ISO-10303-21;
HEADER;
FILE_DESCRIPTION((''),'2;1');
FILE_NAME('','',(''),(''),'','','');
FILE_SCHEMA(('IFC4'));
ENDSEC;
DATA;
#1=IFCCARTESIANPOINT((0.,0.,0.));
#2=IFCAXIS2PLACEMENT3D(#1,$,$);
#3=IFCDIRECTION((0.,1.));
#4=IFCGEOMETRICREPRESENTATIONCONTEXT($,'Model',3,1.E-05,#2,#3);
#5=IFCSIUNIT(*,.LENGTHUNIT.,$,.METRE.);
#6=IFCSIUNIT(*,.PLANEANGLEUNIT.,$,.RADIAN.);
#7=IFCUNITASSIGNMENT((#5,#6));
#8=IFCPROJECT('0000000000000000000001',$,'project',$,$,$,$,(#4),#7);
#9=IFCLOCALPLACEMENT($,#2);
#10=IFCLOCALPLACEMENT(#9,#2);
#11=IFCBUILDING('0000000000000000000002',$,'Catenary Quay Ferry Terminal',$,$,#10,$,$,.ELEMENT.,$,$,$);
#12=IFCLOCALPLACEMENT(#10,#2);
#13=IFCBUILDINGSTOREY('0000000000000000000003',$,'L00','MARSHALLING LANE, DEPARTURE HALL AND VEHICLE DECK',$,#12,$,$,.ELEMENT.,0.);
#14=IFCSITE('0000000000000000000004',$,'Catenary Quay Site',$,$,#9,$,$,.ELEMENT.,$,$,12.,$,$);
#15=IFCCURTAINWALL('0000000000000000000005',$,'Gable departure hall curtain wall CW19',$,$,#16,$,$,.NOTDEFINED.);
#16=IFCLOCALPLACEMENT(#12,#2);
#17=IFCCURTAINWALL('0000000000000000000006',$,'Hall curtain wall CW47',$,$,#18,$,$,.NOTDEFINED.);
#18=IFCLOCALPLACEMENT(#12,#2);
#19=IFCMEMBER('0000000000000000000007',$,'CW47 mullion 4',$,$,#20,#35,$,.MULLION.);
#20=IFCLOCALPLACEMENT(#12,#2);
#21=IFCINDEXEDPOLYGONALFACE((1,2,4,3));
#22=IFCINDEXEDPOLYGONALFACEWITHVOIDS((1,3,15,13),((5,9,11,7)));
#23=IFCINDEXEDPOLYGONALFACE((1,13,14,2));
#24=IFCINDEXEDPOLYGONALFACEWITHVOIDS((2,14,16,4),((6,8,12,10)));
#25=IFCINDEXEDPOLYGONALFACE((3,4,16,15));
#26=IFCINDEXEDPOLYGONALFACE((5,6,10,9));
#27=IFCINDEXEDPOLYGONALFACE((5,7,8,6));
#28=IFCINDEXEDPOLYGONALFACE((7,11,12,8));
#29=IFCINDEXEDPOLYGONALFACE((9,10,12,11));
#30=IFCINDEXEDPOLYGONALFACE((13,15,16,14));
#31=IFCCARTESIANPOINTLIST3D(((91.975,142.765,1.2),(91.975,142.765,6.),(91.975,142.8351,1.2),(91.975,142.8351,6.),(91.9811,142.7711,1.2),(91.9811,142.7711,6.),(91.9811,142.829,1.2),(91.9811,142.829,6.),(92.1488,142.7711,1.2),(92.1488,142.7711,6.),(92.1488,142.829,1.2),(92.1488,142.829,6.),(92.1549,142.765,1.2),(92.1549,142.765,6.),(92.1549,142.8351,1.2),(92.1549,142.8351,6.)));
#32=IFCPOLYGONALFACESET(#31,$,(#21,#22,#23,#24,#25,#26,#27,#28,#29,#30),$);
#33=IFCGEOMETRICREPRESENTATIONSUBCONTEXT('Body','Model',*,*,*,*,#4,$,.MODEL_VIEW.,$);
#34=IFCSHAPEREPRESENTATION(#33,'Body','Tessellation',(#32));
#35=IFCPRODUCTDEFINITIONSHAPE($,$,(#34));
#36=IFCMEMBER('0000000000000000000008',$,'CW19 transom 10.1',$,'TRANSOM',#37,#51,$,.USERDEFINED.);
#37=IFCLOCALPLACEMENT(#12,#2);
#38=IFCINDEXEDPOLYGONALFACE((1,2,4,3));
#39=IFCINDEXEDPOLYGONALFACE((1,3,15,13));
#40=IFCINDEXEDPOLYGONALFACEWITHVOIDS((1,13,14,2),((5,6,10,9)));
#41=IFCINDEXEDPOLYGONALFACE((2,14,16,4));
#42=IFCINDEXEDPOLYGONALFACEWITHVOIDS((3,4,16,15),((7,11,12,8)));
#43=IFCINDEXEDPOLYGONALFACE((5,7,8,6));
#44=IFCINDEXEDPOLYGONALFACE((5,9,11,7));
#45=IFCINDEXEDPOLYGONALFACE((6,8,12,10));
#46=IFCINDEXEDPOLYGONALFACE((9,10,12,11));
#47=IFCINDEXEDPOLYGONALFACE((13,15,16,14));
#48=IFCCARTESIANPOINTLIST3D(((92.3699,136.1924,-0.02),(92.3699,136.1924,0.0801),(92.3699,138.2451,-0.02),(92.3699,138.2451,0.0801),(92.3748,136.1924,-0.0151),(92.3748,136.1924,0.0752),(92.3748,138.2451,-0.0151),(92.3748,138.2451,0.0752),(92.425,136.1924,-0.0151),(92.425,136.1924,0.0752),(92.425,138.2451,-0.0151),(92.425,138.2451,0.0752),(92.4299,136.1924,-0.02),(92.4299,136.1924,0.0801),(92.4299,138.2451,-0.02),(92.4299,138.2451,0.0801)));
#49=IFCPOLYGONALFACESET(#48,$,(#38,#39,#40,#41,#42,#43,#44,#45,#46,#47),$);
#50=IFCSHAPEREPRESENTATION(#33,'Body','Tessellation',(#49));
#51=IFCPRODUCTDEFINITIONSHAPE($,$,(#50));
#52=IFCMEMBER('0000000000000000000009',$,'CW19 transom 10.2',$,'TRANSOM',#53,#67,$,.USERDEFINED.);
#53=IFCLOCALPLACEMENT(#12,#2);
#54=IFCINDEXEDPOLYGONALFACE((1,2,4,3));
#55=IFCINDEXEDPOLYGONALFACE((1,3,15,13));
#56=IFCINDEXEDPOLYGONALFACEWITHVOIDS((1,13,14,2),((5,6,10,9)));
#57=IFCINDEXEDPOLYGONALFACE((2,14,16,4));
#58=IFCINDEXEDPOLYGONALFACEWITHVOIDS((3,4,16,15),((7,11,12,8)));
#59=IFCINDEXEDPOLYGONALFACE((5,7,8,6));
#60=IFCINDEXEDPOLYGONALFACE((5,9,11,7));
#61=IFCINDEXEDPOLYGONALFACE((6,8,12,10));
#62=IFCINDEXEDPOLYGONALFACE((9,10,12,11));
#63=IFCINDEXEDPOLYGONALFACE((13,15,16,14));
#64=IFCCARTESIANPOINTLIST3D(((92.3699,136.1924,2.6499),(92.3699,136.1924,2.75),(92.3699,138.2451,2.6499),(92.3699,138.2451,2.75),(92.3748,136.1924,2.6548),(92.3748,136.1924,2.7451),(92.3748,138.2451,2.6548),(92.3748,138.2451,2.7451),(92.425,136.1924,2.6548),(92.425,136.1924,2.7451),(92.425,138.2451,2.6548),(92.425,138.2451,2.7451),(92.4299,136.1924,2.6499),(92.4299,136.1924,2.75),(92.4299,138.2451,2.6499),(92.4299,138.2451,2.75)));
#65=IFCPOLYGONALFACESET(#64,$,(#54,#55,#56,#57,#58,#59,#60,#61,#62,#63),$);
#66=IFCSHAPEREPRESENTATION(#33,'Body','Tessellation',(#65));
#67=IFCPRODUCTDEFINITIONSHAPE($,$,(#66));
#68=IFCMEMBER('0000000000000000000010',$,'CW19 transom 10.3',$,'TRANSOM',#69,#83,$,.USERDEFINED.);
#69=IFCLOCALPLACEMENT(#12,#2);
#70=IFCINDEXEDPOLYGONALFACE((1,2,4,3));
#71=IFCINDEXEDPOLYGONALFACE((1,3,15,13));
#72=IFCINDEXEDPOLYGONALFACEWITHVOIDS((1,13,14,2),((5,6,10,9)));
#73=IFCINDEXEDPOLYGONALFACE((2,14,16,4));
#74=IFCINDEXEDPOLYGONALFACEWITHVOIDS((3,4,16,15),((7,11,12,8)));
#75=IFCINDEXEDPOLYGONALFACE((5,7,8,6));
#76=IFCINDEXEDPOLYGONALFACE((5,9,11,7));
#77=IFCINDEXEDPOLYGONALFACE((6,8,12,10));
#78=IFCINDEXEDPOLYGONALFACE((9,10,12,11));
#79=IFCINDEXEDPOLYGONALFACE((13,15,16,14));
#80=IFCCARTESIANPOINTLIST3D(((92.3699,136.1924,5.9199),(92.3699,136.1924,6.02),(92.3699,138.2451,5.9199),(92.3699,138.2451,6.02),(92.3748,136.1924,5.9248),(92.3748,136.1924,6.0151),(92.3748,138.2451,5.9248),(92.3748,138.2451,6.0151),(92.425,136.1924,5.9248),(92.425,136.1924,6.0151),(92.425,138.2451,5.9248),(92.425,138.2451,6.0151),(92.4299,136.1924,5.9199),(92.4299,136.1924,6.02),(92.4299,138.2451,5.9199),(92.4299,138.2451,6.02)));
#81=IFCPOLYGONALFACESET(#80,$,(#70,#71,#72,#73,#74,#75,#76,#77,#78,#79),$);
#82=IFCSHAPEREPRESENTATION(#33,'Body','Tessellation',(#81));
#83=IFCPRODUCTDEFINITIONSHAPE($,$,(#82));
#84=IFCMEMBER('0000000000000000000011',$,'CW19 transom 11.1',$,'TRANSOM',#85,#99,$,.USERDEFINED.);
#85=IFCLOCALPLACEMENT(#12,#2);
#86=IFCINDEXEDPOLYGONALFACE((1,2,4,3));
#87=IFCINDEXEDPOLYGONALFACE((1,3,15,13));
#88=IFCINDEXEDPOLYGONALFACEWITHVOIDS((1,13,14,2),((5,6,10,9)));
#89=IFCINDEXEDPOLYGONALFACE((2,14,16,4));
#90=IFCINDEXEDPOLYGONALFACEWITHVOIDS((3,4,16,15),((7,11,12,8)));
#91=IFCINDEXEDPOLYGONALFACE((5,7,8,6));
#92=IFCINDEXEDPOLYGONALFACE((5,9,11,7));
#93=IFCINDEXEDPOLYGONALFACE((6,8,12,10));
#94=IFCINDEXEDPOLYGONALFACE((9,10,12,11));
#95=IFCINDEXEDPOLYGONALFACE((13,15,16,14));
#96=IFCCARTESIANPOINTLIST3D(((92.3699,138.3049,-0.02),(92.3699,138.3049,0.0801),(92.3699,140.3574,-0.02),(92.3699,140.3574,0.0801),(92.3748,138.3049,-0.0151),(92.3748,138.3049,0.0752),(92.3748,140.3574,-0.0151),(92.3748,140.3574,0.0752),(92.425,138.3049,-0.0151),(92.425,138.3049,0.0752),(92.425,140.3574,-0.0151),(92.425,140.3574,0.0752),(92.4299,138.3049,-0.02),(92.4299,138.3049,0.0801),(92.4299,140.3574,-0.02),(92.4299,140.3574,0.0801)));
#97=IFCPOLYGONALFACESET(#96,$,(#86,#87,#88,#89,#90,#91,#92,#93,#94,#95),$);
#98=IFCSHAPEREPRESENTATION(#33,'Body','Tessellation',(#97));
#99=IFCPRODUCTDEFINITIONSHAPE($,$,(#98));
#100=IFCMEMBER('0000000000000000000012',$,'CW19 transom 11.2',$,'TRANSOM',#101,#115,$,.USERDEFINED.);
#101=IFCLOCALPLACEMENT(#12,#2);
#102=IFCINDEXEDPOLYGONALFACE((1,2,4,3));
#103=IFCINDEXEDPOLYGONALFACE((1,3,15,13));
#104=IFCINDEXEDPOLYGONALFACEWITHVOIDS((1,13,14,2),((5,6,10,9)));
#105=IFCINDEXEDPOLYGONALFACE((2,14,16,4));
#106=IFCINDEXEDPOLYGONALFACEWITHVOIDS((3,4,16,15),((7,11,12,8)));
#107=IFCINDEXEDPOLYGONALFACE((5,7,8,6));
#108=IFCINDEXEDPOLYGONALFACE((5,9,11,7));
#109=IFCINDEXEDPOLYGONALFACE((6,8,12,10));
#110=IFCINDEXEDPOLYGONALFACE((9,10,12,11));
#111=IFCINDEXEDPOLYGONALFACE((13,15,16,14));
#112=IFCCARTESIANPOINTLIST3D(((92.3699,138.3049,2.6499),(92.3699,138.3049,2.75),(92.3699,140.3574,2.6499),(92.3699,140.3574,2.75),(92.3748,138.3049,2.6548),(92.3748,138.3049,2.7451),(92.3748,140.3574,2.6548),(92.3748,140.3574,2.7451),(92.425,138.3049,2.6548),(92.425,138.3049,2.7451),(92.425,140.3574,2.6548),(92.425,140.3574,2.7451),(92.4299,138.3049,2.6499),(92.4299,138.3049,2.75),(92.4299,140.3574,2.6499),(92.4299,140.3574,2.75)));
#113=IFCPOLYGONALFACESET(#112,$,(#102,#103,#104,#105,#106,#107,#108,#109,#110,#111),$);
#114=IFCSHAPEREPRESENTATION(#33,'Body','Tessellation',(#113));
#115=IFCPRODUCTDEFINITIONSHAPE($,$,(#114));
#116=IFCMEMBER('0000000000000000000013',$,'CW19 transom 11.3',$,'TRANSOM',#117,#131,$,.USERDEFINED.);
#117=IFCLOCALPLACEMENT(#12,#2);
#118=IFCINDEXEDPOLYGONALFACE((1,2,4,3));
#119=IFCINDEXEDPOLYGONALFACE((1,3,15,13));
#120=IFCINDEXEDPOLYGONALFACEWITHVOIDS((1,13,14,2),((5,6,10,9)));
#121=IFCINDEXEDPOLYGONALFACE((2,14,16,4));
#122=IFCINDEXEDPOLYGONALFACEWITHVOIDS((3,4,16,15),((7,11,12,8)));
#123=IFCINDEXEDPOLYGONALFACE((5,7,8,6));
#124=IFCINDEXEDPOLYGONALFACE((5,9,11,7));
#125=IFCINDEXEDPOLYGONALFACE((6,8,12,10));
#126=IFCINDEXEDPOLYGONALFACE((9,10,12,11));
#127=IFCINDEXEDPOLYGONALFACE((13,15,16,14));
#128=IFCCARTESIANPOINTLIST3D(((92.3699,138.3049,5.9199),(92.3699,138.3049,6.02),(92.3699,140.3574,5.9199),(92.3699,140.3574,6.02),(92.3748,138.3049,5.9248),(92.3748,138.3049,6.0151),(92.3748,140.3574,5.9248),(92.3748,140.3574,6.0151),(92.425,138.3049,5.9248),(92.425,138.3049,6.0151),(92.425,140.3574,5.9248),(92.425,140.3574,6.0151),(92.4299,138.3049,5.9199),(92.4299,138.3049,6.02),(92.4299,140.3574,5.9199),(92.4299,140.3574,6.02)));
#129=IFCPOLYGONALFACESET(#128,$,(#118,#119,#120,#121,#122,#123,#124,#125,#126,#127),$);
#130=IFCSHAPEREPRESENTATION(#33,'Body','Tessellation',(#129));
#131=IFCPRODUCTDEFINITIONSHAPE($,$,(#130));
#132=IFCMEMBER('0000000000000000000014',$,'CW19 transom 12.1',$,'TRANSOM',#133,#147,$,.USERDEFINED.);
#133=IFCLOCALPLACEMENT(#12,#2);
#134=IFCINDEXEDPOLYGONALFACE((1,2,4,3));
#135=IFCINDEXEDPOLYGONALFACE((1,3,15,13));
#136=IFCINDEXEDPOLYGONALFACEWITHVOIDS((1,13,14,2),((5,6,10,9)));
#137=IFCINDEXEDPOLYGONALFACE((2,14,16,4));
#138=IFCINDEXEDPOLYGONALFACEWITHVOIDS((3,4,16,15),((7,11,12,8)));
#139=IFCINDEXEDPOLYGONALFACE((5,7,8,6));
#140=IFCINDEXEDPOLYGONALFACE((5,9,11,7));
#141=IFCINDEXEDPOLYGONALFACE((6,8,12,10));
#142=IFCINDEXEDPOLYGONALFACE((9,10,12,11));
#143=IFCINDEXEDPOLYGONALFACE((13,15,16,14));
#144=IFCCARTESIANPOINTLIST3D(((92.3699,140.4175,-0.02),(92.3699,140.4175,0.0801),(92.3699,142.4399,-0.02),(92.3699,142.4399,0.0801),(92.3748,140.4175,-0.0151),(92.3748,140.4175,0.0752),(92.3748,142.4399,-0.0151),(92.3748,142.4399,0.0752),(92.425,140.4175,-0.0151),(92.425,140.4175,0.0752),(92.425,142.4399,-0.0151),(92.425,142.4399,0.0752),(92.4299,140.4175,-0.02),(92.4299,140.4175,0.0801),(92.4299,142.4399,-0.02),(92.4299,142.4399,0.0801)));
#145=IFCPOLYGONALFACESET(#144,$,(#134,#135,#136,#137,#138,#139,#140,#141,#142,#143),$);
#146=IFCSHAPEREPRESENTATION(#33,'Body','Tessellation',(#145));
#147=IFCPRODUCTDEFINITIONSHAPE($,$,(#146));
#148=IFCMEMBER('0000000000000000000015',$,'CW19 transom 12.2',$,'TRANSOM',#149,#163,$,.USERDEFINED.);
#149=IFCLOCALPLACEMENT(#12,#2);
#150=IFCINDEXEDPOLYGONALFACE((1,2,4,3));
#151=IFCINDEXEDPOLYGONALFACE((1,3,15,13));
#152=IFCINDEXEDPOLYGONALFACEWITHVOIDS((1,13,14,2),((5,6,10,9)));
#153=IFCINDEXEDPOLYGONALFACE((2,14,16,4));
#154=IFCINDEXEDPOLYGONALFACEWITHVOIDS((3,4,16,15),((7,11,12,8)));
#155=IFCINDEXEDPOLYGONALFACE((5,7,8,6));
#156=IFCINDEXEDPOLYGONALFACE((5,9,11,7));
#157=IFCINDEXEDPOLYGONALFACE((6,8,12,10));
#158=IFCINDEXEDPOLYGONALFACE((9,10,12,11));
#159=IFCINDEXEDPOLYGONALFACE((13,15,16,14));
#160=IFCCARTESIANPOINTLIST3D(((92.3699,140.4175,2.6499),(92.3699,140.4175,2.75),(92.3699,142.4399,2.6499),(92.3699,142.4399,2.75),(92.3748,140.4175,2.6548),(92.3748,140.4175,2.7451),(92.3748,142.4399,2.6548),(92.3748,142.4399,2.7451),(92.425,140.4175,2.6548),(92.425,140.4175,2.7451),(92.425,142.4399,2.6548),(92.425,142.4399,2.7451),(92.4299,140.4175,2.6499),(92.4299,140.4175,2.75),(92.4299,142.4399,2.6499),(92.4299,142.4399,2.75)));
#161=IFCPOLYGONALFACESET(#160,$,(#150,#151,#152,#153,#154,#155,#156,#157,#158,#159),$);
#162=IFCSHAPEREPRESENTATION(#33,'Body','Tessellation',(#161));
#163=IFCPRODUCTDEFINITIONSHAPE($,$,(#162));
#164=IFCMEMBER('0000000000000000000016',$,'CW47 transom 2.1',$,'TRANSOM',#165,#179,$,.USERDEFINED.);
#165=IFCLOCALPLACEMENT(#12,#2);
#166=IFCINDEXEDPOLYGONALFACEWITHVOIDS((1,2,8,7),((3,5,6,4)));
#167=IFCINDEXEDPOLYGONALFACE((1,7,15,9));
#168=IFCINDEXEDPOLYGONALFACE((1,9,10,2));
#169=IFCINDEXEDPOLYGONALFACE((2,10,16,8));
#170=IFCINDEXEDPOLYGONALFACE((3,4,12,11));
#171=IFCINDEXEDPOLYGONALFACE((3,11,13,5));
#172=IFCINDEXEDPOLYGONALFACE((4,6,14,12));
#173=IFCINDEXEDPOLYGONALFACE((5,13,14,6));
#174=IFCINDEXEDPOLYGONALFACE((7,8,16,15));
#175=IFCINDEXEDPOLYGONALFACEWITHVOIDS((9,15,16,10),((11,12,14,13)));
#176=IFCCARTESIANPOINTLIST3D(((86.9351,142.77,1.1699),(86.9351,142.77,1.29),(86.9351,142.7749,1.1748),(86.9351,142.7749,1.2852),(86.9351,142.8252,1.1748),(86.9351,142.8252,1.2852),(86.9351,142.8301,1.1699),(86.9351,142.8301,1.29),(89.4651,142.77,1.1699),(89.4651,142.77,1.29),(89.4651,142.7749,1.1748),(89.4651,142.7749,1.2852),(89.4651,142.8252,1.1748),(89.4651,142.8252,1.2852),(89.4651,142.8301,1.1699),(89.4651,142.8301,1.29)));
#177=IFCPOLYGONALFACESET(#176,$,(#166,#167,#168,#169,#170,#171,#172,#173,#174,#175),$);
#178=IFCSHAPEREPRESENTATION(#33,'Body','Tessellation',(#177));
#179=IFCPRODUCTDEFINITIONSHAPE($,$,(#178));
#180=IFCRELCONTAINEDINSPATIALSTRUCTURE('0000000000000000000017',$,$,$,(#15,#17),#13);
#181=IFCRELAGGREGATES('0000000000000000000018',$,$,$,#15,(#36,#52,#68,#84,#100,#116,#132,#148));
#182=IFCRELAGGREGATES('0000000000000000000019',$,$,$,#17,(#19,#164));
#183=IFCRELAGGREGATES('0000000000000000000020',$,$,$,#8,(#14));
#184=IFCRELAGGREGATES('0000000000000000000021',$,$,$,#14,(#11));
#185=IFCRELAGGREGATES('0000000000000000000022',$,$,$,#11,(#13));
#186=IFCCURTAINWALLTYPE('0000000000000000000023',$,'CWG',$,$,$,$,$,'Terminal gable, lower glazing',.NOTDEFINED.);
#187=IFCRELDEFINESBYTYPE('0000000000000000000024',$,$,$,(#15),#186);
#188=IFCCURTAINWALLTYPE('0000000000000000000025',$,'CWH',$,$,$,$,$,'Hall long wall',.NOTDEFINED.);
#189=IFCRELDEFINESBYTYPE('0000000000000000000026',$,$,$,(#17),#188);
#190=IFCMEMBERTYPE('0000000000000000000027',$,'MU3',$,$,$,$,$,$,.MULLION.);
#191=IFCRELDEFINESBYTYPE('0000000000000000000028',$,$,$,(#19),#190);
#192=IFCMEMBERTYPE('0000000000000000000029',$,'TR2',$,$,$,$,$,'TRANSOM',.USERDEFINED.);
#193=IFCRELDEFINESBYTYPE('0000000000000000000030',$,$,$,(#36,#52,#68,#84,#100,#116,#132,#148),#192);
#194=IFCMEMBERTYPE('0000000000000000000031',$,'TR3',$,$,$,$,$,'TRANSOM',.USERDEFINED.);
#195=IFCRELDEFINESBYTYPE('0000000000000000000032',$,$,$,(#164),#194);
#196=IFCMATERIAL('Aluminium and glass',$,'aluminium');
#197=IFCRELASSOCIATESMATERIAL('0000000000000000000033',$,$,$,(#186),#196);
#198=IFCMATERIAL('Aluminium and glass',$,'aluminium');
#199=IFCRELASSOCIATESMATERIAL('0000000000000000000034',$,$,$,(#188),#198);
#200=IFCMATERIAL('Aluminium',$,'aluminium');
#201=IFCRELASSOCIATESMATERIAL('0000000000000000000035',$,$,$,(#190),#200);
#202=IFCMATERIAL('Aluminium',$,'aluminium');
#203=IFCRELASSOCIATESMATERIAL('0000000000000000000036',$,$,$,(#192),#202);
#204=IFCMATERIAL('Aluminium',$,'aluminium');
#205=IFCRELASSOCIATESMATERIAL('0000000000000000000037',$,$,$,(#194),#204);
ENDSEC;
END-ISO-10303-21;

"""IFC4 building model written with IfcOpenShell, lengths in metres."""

from ifc_helpers import new_model, si_unit, direction, frame, origin, origin_2d, place, context, subcontext, project, spatial, hollow_rectangle, extrude, material, material_profile, profile_set, type_object, element, aggregate, save


model = new_model("IFC4")

# Units and contexts
model_context = context("Model", 3, precision=1e-05, world=origin(), true_north=direction((0.0, 1.0)))
body_context = subcontext(model_context, "Body", "Model", "MODEL_VIEW")
ifc_project = project(units=[si_unit("LENGTHUNIT", "METRE"), si_unit("PLANEANGLEUNIT", "RADIAN")], contexts=[model_context])

# Site, building, storey
site_placement = place(None, origin())
site = spatial("IfcSite", under=ifc_project, at=site_placement, Name="Catenary Quay Site", CompositionType="ELEMENT", RefElevation=12.0)
building_placement = place(site_placement, origin())
building = spatial("IfcBuilding", under=site, at=building_placement, Name="Catenary Quay Ferry Terminal", CompositionType="ELEMENT")
storey_placement = place(building_placement, origin())
storey = spatial("IfcBuildingStorey", under=building, at=storey_placement, Name="L00", Description="MARSHALLING LANE, DEPARTURE HALL AND VEHICLE DECK", CompositionType="ELEMENT", Elevation=0.0)

# Curtain walls, member
ifc_material_1 = material(Name="Aluminium and glass", Category="aluminium")
curtain_wall_type_1 = type_object("IfcCurtainWallType", Name="CWG", ElementType="Terminal gable, lower glazing", PredefinedType="NOTDEFINED", material=ifc_material_1)
curtain_wall_1_placement = place(storey_placement, origin())
curtain_wall_1 = element("IfcCurtainWall", 1, at=curtain_wall_1_placement, inside=storey, type_object=curtain_wall_type_1, Name="Gable departure hall curtain wall CW19", PredefinedType="NOTDEFINED")
ifc_material_2 = material(Name="Aluminium and glass", Category="aluminium")
curtain_wall_type_2 = type_object("IfcCurtainWallType", Name="CWH", ElementType="Hall long wall", PredefinedType="NOTDEFINED", material=ifc_material_2)
curtain_wall_2_placement = place(storey_placement, origin())
curtain_wall_2 = element("IfcCurtainWall", 2, at=curtain_wall_2_placement, inside=storey, type_object=curtain_wall_type_2, Name="Hall curtain wall CW47", PredefinedType="NOTDEFINED")
ifc_material_3 = material(Name="Aluminium", Category="aluminium")
ifc_material_profile_1 = material_profile(ifc_material_3, hollow_rectangle(XDim=0.0701, YDim=0.1799, WallThickness=0.0061, at=origin_2d()), Name="MU3")
ifc_profile_set_1 = profile_set([ifc_material_profile_1], Name="Aluminium")
member_type_1 = type_object("IfcMemberType", Name="MU3", PredefinedType="MULLION", material=ifc_profile_set_1)
member_1_placement = place(storey_placement, frame((92.0649, 142.8, 1.2), z_axis=(0.0, 0.0, 1.0), x_axis=(0.0, 1.0, 0.0)))
member_1 = element("IfcMember", 3, at=member_1_placement, type_object=member_type_1, Name="CW47 mullion 4", PredefinedType="MULLION", context=body_context, shape_type="SweptSolid", body=[
    extrude(hollow_rectangle(XDim=0.0701, YDim=0.1799, WallThickness=0.0061, at=origin_2d()), origin(), (0.0, 0.0, 1.0), 4.8),
])

# Members
ifc_material_4 = material(Name="Aluminium", Category="aluminium")
ifc_material_profile_2 = material_profile(ifc_material_4, hollow_rectangle(XDim=0.0601, YDim=0.1001, WallThickness=0.0049, at=origin_2d()), Name="TR2")
ifc_profile_set_2 = profile_set([ifc_material_profile_2], Name="Aluminium")
member_type_2 = type_object("IfcMemberType", Name="TR2", ElementType="TRANSOM", PredefinedType="USERDEFINED", material=ifc_profile_set_2)
member_2_placement = place(storey_placement, frame((92.3999, 136.1924, 0.03), z_axis=(0.0, 1.0, 0.0), x_axis=(-1.0, 0.0, 0.0)))
member_2 = element("IfcMember", 4, at=member_2_placement, type_object=member_type_2, Name="CW19 transom 10.1", ObjectType="TRANSOM", PredefinedType="USERDEFINED", context=body_context, shape_type="SweptSolid", body=[
    extrude(hollow_rectangle(XDim=0.0601, YDim=0.1001, WallThickness=0.0049, at=origin_2d()), origin(), (0.0, 0.0, 1.0), 2.0527),
])
member_3_placement = place(storey_placement, frame((92.3999, 136.1924, 2.7), z_axis=(0.0, 1.0, 0.0), x_axis=(-1.0, 0.0, 0.0)))
member_3 = element("IfcMember", 5, at=member_3_placement, type_object=member_type_2, Name="CW19 transom 10.2", ObjectType="TRANSOM", PredefinedType="USERDEFINED", context=body_context, shape_type="SweptSolid", body=[
    extrude(hollow_rectangle(XDim=0.0601, YDim=0.1001, WallThickness=0.0049, at=origin_2d()), origin(), (0.0, 0.0, 1.0), 2.0527),
])
member_4_placement = place(storey_placement, frame((92.3999, 136.1924, 5.97), z_axis=(0.0, 1.0, 0.0), x_axis=(-1.0, 0.0, 0.0)))
member_4 = element("IfcMember", 6, at=member_4_placement, type_object=member_type_2, Name="CW19 transom 10.3", ObjectType="TRANSOM", PredefinedType="USERDEFINED", context=body_context, shape_type="SweptSolid", body=[
    extrude(hollow_rectangle(XDim=0.0601, YDim=0.1001, WallThickness=0.0049, at=origin_2d()), origin(), (0.0, 0.0, 1.0), 2.0527),
])
member_5_placement = place(storey_placement, frame((92.3999, 138.3049, 0.03), z_axis=(0.0, 1.0, 0.0), x_axis=(-1.0, 0.0, 0.0)))
member_5 = element("IfcMember", 7, at=member_5_placement, type_object=member_type_2, Name="CW19 transom 11.1", ObjectType="TRANSOM", PredefinedType="USERDEFINED", context=body_context, shape_type="SweptSolid", body=[
    extrude(hollow_rectangle(XDim=0.0601, YDim=0.1001, WallThickness=0.0049, at=origin_2d()), origin(), (0.0, 0.0, 1.0), 2.0525),
])
member_6_placement = place(storey_placement, frame((92.3999, 138.3049, 2.7), z_axis=(0.0, 1.0, 0.0), x_axis=(-1.0, 0.0, 0.0)))
member_6 = element("IfcMember", 8, at=member_6_placement, type_object=member_type_2, Name="CW19 transom 11.2", ObjectType="TRANSOM", PredefinedType="USERDEFINED", context=body_context, shape_type="SweptSolid", body=[
    extrude(hollow_rectangle(XDim=0.0601, YDim=0.1001, WallThickness=0.0049, at=origin_2d()), origin(), (0.0, 0.0, 1.0), 2.0525),
])
member_7_placement = place(storey_placement, frame((92.3999, 138.3049, 5.97), z_axis=(0.0, 1.0, 0.0), x_axis=(-1.0, 0.0, 0.0)))
member_7 = element("IfcMember", 9, at=member_7_placement, type_object=member_type_2, Name="CW19 transom 11.3", ObjectType="TRANSOM", PredefinedType="USERDEFINED", context=body_context, shape_type="SweptSolid", body=[
    extrude(hollow_rectangle(XDim=0.0601, YDim=0.1001, WallThickness=0.0049, at=origin_2d()), origin(), (0.0, 0.0, 1.0), 2.0525),
])
member_8_placement = place(storey_placement, frame((92.3999, 140.4175, 0.03), z_axis=(0.0, 1.0, 0.0), x_axis=(-1.0, 0.0, 0.0)))
member_8 = element("IfcMember", 10, at=member_8_placement, type_object=member_type_2, Name="CW19 transom 12.1", ObjectType="TRANSOM", PredefinedType="USERDEFINED", context=body_context, shape_type="SweptSolid", body=[
    extrude(hollow_rectangle(XDim=0.0601, YDim=0.1001, WallThickness=0.0049, at=origin_2d()), origin(), (0.0, 0.0, 1.0), 2.0225),
])
member_9_placement = place(storey_placement, frame((92.3999, 140.4175, 2.7), z_axis=(0.0, 1.0, 0.0), x_axis=(-1.0, 0.0, 0.0)))
member_9 = element("IfcMember", 11, at=member_9_placement, type_object=member_type_2, Name="CW19 transom 12.2", ObjectType="TRANSOM", PredefinedType="USERDEFINED", context=body_context, shape_type="SweptSolid", body=[
    extrude(hollow_rectangle(XDim=0.0601, YDim=0.1001, WallThickness=0.0049, at=origin_2d()), origin(), (0.0, 0.0, 1.0), 2.0225),
])
ifc_material_5 = material(Name="Aluminium", Category="aluminium")
ifc_material_profile_3 = material_profile(ifc_material_5, hollow_rectangle(XDim=0.0601, YDim=0.1201, WallThickness=0.0049, at=origin_2d()), Name="TR3")
ifc_profile_set_3 = profile_set([ifc_material_profile_3], Name="Aluminium")
member_type_3 = type_object("IfcMemberType", Name="TR3", ElementType="TRANSOM", PredefinedType="USERDEFINED", material=ifc_profile_set_3)
member_10_placement = place(storey_placement, frame((86.9351, 142.8, 1.23), z_axis=(1.0, 0.0, 0.0), x_axis=(0.0, 1.0, 0.0)))
member_10 = element("IfcMember", 12, at=member_10_placement, type_object=member_type_3, Name="CW47 transom 2.1", ObjectType="TRANSOM", PredefinedType="USERDEFINED", context=body_context, shape_type="SweptSolid", body=[
    extrude(hollow_rectangle(XDim=0.0601, YDim=0.1201, WallThickness=0.0049, at=origin_2d()), origin(), (0.0, 0.0, 1.0), 2.53),
])

aggregate(curtain_wall_1, [member_2, member_3, member_4, member_5, member_6, member_7, member_8, member_9])
aggregate(curtain_wall_2, [member_1, member_10])

save(model, "model.ifc")
